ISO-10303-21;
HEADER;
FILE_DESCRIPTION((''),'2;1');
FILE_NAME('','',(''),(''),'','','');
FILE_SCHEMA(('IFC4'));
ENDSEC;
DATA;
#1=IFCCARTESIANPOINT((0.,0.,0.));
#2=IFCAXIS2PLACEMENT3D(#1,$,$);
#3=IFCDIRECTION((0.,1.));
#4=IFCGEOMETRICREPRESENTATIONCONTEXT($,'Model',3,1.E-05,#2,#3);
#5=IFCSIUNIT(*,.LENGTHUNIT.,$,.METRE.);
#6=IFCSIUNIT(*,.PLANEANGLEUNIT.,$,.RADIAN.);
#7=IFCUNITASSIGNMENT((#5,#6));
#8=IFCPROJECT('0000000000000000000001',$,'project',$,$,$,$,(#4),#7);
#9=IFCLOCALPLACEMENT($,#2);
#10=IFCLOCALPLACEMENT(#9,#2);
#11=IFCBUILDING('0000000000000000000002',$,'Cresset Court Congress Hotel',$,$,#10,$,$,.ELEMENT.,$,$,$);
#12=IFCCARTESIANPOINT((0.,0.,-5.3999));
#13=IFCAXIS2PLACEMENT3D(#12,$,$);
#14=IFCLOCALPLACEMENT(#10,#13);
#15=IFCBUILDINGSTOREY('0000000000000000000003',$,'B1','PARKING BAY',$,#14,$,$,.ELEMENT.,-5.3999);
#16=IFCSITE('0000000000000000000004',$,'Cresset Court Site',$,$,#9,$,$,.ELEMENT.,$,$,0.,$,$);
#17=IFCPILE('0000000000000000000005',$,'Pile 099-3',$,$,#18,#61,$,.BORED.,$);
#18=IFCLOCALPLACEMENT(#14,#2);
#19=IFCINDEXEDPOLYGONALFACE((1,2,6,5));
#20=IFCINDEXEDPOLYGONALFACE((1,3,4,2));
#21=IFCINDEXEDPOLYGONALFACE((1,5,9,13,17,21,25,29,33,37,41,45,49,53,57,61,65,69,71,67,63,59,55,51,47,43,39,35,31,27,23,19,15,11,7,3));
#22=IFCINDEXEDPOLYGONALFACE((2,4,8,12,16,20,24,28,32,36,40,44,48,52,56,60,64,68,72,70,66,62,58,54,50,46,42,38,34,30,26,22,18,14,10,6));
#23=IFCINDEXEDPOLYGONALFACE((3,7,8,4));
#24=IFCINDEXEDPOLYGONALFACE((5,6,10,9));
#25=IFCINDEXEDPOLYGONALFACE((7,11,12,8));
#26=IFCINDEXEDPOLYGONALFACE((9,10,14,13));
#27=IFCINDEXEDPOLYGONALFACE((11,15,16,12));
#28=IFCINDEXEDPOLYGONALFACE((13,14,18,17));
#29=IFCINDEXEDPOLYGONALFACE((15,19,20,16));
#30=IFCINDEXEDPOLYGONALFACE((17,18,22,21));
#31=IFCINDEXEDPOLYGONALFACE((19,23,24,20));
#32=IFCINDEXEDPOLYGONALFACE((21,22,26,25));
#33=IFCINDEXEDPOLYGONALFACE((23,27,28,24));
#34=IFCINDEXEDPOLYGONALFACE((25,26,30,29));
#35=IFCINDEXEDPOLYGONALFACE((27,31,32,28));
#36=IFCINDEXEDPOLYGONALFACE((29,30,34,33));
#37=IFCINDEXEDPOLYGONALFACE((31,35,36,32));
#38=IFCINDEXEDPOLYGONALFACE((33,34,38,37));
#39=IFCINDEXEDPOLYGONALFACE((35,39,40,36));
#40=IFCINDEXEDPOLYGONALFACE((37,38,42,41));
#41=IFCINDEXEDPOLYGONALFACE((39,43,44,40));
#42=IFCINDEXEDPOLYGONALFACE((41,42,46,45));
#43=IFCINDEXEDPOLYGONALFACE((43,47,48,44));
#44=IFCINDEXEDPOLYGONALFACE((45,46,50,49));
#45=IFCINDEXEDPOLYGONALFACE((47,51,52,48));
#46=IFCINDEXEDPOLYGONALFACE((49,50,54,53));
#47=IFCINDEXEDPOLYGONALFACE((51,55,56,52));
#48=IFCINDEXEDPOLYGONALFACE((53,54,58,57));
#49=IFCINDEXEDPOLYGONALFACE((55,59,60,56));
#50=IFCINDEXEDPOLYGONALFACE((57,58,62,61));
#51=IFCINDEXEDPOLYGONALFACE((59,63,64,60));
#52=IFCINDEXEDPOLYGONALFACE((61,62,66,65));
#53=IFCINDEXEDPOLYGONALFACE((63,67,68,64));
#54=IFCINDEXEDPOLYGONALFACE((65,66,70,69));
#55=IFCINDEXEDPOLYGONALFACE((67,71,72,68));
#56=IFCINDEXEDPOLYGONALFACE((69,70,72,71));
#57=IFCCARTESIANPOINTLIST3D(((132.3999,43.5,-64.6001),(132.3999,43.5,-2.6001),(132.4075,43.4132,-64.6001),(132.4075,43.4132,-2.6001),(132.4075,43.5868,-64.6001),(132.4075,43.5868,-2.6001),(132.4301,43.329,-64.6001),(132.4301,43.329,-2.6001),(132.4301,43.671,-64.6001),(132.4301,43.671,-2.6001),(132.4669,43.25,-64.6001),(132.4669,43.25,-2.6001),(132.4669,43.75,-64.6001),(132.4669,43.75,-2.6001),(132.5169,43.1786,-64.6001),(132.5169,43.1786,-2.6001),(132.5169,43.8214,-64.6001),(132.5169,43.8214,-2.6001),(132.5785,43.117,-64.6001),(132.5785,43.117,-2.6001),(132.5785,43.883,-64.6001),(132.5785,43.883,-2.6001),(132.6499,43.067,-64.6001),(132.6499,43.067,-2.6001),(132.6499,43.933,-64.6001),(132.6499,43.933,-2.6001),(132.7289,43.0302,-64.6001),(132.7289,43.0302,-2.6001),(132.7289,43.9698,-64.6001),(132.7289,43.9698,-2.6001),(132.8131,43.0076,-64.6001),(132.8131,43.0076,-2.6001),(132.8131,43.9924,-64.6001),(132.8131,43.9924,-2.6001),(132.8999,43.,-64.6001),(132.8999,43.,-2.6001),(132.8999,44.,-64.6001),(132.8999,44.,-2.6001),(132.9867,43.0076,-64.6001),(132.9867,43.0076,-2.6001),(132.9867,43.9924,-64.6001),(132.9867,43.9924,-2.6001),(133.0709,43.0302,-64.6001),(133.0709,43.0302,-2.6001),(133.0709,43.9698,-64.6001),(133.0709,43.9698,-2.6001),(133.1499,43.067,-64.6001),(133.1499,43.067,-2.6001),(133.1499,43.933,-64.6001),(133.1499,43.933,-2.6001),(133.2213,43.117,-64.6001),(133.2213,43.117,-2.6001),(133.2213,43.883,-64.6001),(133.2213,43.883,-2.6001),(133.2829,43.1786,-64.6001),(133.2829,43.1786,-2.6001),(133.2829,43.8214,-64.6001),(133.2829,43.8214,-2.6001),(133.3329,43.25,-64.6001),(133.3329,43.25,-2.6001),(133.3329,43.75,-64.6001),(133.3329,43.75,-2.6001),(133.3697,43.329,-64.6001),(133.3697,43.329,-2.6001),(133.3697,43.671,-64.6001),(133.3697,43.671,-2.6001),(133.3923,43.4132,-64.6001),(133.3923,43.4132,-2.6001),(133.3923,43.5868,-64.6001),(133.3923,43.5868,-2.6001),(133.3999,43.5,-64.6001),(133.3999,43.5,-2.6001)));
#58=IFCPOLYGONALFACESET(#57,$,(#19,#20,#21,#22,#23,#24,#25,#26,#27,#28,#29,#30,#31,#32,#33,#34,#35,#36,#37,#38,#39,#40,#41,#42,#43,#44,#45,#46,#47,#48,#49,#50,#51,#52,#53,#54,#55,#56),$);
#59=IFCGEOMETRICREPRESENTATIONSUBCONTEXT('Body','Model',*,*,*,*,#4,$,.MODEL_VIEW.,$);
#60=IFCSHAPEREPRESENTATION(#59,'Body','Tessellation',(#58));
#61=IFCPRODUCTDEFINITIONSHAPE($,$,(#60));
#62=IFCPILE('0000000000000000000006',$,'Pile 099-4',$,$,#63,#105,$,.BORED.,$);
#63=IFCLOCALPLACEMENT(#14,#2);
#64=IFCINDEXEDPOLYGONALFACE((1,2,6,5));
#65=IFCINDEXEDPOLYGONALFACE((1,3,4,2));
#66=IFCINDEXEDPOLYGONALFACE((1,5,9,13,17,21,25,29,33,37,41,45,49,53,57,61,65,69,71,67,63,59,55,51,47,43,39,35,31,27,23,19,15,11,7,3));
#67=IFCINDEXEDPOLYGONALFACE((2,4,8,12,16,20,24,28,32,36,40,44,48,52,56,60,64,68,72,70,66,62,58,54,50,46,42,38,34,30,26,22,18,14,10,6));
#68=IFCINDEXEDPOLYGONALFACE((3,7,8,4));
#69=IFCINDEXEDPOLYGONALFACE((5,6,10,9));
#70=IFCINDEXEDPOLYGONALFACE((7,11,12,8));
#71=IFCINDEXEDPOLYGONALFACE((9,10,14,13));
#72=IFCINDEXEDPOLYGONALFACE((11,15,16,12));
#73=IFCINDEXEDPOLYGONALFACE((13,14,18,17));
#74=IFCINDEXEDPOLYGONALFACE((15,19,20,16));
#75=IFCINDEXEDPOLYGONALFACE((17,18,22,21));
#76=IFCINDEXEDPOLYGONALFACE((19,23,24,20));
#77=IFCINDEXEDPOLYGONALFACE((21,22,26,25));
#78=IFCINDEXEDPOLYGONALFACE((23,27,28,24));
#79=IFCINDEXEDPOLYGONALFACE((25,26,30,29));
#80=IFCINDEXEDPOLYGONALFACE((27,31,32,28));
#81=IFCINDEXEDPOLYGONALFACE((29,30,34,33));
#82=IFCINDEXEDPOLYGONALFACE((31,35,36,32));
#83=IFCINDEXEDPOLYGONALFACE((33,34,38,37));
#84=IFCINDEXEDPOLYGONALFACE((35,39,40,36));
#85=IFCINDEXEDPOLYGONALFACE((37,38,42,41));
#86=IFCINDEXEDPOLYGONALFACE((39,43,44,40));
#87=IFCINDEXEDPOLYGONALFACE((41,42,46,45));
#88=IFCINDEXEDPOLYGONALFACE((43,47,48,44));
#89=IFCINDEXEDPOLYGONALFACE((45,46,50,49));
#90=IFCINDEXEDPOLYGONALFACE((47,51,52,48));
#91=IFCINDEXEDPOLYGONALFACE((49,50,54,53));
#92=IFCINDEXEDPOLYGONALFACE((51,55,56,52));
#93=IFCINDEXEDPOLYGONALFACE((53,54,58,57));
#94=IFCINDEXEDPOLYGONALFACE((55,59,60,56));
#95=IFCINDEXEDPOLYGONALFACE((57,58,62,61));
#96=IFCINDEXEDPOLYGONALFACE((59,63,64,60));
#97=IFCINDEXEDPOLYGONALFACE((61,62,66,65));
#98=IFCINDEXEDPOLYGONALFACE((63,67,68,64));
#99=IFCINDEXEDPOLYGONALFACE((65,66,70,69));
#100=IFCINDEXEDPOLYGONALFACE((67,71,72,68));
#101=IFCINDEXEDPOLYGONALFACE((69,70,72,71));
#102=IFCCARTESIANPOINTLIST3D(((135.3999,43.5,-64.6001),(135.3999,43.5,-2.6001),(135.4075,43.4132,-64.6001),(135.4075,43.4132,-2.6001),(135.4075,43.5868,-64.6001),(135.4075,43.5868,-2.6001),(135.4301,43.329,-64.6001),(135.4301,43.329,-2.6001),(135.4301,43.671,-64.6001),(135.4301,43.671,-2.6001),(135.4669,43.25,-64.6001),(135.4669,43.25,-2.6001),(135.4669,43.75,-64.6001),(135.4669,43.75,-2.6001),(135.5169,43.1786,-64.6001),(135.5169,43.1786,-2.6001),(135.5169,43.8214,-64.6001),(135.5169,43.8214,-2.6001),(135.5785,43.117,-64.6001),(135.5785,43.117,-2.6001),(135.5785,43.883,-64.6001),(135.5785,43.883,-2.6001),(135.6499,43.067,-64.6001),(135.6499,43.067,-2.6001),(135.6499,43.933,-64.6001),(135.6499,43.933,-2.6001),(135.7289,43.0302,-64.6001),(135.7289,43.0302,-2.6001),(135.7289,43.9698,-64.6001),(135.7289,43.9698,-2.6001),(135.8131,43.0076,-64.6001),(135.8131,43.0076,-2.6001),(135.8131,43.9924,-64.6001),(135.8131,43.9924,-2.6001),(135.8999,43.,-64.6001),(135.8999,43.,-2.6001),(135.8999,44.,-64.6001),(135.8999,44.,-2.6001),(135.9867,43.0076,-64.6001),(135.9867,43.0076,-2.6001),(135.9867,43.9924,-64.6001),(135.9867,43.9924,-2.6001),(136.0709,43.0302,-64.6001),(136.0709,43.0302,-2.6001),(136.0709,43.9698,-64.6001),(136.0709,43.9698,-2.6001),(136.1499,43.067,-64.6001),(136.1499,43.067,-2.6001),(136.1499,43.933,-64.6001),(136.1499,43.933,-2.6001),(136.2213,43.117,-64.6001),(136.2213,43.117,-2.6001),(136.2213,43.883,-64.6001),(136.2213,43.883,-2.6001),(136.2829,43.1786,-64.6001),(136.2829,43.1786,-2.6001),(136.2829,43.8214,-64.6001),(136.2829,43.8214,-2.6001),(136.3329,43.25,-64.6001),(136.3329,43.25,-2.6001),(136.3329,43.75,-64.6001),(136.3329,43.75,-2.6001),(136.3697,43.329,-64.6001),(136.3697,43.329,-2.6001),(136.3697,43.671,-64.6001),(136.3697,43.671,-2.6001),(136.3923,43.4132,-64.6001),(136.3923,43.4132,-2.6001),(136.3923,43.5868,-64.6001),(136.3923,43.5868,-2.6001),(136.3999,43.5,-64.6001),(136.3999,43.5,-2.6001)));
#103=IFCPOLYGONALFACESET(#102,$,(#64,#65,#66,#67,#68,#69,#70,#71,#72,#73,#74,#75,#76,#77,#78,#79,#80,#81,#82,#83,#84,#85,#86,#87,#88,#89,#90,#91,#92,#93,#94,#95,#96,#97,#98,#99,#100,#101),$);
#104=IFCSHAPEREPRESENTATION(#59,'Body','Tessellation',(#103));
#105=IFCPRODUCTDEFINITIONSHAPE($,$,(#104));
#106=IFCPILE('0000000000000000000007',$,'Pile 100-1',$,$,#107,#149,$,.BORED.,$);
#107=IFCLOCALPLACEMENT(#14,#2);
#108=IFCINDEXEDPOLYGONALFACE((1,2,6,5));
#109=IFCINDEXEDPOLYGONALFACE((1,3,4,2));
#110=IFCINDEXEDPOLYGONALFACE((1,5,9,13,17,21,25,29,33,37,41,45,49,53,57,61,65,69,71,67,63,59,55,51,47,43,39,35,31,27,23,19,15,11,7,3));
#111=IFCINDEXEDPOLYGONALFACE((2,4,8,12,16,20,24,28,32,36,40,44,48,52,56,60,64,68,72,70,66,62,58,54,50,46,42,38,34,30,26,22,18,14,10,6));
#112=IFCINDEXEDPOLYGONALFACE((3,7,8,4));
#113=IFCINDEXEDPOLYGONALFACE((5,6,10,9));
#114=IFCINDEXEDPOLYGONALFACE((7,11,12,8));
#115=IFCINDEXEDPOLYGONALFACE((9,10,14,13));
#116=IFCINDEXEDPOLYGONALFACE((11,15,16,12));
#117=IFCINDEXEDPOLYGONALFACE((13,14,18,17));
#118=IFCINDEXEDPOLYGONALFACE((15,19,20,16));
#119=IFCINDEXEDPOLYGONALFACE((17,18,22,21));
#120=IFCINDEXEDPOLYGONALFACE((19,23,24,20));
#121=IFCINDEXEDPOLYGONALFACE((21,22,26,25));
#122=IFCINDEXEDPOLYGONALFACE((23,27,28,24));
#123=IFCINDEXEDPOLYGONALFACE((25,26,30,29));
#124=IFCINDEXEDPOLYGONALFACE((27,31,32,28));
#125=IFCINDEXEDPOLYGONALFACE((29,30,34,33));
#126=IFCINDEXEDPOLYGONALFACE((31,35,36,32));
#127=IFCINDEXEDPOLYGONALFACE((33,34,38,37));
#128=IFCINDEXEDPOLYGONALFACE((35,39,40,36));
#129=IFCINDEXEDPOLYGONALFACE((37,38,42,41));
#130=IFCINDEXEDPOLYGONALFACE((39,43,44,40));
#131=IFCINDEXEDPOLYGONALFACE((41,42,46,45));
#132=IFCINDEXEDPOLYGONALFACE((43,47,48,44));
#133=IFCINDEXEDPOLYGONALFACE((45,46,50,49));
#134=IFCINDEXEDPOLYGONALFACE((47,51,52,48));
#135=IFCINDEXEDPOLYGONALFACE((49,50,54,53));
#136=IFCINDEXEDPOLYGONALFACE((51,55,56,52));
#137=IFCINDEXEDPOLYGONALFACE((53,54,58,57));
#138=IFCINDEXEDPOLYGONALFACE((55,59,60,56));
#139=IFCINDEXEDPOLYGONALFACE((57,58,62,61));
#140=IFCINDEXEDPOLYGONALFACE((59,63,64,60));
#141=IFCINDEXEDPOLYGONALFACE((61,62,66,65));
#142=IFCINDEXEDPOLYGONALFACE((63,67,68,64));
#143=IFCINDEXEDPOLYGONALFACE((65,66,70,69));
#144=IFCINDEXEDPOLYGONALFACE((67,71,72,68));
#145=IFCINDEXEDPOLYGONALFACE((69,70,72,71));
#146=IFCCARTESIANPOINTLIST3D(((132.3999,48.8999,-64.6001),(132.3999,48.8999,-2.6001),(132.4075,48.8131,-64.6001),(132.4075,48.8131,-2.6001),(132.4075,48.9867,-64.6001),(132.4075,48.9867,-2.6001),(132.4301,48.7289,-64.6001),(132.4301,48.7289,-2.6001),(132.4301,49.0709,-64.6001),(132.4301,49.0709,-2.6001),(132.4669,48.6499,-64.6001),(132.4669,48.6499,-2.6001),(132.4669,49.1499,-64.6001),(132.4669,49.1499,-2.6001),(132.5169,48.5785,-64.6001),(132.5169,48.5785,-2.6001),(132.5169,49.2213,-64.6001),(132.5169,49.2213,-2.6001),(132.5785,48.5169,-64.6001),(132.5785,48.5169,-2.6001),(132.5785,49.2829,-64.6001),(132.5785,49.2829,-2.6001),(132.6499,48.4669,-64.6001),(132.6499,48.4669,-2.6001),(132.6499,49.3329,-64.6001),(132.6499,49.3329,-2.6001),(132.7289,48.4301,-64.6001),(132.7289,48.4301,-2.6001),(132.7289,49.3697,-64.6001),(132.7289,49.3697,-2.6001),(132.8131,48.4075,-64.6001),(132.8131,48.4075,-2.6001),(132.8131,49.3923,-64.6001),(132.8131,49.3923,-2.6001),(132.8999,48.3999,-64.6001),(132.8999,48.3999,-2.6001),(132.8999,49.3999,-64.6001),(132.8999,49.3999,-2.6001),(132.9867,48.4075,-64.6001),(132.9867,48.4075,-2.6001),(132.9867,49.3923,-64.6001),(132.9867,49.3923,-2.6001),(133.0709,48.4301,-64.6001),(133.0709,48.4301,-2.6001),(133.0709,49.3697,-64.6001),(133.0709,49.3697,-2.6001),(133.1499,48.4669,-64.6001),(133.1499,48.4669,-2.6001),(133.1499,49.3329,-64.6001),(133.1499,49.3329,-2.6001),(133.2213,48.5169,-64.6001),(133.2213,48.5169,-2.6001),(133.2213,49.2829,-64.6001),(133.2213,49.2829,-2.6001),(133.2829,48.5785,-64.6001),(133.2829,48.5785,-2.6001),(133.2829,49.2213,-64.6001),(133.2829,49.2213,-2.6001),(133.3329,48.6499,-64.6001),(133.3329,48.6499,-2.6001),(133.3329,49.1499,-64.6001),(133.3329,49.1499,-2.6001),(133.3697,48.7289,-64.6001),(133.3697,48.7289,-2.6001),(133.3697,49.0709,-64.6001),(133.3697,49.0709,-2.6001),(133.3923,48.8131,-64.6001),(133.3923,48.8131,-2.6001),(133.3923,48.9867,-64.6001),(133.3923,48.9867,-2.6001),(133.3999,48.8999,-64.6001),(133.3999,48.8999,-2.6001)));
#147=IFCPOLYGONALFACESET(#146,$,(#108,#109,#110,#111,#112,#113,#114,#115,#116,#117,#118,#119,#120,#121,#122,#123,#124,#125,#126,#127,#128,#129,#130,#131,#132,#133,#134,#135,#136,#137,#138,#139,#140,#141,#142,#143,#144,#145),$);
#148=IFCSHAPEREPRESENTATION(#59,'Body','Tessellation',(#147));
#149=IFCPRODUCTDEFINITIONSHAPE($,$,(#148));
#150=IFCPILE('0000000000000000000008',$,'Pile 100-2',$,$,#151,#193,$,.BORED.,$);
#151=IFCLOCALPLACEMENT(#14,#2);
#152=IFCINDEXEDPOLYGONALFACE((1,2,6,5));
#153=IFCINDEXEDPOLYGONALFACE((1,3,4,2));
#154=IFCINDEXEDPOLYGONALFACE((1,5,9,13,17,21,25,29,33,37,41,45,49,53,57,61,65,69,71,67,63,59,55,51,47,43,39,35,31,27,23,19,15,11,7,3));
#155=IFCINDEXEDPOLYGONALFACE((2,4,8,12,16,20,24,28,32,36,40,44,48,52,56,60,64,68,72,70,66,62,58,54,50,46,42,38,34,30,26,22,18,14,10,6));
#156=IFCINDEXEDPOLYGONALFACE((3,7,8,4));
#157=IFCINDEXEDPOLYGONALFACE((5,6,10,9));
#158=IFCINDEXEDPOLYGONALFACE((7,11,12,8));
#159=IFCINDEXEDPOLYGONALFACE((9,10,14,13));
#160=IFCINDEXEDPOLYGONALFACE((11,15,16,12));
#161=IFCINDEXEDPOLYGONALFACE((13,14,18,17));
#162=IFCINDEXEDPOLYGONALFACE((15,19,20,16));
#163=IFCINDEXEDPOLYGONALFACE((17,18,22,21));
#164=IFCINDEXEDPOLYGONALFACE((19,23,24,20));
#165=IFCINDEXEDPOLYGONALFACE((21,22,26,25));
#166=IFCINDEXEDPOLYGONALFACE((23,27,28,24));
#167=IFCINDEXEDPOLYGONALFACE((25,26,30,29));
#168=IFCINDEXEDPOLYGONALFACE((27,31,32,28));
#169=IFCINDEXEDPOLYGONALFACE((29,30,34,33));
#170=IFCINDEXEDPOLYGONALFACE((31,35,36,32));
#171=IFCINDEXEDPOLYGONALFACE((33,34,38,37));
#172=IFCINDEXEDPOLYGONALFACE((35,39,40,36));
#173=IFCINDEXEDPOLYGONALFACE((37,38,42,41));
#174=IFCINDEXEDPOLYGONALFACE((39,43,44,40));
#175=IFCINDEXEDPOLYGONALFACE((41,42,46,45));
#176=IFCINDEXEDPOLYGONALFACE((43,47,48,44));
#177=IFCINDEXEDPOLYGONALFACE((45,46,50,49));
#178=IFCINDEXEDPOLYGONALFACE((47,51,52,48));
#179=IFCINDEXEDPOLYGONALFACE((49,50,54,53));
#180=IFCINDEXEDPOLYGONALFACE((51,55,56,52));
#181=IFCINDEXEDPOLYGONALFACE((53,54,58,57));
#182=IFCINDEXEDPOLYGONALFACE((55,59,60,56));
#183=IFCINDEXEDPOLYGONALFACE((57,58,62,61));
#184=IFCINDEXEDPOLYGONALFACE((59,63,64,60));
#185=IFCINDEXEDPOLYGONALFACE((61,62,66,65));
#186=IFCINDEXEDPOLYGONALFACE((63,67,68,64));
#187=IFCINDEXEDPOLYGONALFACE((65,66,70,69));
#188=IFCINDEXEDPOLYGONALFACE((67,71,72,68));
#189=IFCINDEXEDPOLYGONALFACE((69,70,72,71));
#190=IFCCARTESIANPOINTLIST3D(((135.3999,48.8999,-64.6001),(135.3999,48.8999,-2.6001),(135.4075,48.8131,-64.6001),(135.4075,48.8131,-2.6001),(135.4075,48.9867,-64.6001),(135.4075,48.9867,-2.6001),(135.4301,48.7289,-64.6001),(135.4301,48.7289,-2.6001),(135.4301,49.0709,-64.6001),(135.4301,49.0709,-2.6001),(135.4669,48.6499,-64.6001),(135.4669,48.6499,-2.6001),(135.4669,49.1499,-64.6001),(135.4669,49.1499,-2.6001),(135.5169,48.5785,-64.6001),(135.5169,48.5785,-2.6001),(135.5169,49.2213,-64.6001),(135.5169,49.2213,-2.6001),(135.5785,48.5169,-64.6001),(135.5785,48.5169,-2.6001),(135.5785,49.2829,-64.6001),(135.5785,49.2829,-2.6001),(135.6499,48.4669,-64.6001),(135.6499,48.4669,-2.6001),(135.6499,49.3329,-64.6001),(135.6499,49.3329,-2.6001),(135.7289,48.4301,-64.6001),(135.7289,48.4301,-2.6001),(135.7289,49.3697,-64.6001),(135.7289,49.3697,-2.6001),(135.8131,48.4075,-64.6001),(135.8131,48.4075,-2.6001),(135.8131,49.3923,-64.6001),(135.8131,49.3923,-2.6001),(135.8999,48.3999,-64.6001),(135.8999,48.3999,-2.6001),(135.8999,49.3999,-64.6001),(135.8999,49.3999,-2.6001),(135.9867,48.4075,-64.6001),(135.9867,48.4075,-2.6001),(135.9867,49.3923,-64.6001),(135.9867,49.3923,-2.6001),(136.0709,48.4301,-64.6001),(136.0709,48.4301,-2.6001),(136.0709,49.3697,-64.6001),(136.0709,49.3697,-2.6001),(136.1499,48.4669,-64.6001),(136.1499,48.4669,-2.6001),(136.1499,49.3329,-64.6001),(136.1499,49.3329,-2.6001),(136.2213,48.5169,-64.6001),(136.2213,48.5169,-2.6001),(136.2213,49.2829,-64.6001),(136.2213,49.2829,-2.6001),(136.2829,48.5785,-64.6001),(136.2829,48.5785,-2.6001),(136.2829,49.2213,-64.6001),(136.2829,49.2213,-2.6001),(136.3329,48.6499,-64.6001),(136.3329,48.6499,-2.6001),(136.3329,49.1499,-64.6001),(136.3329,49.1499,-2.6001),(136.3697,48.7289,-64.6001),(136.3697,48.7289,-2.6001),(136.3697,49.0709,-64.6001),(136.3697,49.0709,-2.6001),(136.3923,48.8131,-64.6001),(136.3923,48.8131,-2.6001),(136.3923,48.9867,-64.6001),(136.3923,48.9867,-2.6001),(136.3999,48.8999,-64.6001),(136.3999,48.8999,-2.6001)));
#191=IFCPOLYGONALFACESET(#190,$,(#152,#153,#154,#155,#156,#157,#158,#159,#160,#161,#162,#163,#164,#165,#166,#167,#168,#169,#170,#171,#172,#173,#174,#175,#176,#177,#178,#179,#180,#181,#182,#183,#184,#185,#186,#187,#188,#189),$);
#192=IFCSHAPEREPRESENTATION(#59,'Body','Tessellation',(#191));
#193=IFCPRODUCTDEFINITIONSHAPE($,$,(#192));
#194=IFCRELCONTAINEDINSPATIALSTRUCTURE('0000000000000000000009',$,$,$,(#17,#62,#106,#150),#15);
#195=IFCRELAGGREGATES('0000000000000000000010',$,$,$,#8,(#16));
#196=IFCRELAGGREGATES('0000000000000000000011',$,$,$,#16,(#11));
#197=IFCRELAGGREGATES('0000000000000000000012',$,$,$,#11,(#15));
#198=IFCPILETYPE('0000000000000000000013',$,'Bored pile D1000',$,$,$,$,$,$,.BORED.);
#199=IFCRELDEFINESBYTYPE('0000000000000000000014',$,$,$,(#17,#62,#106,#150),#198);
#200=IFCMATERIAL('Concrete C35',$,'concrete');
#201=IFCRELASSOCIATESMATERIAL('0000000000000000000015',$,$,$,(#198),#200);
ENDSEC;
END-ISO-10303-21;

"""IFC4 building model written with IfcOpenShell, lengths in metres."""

from ifc_helpers import new_model, si_unit, direction, frame, origin, origin_2d, place, context, subcontext, project, spatial, circle, extrude, material, type_object, element, save


model = new_model("IFC4")

# Units and contexts
model_context = context("Model", 3, precision=1e-05, world=origin(), true_north=direction((0.0, 1.0)))
body_context = subcontext(model_context, "Body", "Model", "MODEL_VIEW")
ifc_project = project(units=[si_unit("LENGTHUNIT", "METRE"), si_unit("PLANEANGLEUNIT", "RADIAN")], contexts=[model_context])

# Site, building, storey
site_placement = place(None, origin())
site = spatial("IfcSite", under=ifc_project, at=site_placement, Name="Cresset Court Site", CompositionType="ELEMENT", RefElevation=0.0)
building_placement = place(site_placement, origin())
building = spatial("IfcBuilding", under=site, at=building_placement, Name="Cresset Court Congress Hotel", CompositionType="ELEMENT")
storey_placement = place(building_placement, frame((0.0, 0.0, -5.3999)))
storey = spatial("IfcBuildingStorey", under=building, at=storey_placement, Name="B1", Description="PARKING BAY", CompositionType="ELEMENT", Elevation=-5.3999)

# Piles
ifc_material_1 = material(Name="Concrete C35", Category="concrete")
pile_type = type_object("IfcPileType", Name="Bored pile D1000", PredefinedType="BORED", material=ifc_material_1)
for number, where, z_axis, x_axis, name in (
    (1, (132.8999, 43.5, -2.6001), (0.0, 0.0, -1.0), (1.0, 0.0, 0.0), "Pile 099-3"),
    (2, (135.8999, 43.5, -2.6001), (0.0, 0.0, -1.0), (1.0, 0.0, 0.0), "Pile 099-4"),
    (3, (132.8999, 48.8999, -2.6001), (0.0, 0.0, -1.0), (1.0, 0.0, 0.0), "Pile 100-1"),
    (4, (135.8999, 48.8999, -2.6001), (0.0, 0.0, -1.0), (1.0, 0.0, 0.0), "Pile 100-2"),
):
    element("IfcPile", number, at=place(storey_placement, frame(where, z_axis=z_axis, x_axis=x_axis)), inside=storey, type_object=pile_type, Name=name, PredefinedType="BORED", context=body_context, shape_type="SweptSolid", body=[
        extrude(circle(Radius=0.5, at=origin_2d()), origin(), (0.0, 0.0, 1.0), 62.0),
    ])

save(model, "model.ifc")
